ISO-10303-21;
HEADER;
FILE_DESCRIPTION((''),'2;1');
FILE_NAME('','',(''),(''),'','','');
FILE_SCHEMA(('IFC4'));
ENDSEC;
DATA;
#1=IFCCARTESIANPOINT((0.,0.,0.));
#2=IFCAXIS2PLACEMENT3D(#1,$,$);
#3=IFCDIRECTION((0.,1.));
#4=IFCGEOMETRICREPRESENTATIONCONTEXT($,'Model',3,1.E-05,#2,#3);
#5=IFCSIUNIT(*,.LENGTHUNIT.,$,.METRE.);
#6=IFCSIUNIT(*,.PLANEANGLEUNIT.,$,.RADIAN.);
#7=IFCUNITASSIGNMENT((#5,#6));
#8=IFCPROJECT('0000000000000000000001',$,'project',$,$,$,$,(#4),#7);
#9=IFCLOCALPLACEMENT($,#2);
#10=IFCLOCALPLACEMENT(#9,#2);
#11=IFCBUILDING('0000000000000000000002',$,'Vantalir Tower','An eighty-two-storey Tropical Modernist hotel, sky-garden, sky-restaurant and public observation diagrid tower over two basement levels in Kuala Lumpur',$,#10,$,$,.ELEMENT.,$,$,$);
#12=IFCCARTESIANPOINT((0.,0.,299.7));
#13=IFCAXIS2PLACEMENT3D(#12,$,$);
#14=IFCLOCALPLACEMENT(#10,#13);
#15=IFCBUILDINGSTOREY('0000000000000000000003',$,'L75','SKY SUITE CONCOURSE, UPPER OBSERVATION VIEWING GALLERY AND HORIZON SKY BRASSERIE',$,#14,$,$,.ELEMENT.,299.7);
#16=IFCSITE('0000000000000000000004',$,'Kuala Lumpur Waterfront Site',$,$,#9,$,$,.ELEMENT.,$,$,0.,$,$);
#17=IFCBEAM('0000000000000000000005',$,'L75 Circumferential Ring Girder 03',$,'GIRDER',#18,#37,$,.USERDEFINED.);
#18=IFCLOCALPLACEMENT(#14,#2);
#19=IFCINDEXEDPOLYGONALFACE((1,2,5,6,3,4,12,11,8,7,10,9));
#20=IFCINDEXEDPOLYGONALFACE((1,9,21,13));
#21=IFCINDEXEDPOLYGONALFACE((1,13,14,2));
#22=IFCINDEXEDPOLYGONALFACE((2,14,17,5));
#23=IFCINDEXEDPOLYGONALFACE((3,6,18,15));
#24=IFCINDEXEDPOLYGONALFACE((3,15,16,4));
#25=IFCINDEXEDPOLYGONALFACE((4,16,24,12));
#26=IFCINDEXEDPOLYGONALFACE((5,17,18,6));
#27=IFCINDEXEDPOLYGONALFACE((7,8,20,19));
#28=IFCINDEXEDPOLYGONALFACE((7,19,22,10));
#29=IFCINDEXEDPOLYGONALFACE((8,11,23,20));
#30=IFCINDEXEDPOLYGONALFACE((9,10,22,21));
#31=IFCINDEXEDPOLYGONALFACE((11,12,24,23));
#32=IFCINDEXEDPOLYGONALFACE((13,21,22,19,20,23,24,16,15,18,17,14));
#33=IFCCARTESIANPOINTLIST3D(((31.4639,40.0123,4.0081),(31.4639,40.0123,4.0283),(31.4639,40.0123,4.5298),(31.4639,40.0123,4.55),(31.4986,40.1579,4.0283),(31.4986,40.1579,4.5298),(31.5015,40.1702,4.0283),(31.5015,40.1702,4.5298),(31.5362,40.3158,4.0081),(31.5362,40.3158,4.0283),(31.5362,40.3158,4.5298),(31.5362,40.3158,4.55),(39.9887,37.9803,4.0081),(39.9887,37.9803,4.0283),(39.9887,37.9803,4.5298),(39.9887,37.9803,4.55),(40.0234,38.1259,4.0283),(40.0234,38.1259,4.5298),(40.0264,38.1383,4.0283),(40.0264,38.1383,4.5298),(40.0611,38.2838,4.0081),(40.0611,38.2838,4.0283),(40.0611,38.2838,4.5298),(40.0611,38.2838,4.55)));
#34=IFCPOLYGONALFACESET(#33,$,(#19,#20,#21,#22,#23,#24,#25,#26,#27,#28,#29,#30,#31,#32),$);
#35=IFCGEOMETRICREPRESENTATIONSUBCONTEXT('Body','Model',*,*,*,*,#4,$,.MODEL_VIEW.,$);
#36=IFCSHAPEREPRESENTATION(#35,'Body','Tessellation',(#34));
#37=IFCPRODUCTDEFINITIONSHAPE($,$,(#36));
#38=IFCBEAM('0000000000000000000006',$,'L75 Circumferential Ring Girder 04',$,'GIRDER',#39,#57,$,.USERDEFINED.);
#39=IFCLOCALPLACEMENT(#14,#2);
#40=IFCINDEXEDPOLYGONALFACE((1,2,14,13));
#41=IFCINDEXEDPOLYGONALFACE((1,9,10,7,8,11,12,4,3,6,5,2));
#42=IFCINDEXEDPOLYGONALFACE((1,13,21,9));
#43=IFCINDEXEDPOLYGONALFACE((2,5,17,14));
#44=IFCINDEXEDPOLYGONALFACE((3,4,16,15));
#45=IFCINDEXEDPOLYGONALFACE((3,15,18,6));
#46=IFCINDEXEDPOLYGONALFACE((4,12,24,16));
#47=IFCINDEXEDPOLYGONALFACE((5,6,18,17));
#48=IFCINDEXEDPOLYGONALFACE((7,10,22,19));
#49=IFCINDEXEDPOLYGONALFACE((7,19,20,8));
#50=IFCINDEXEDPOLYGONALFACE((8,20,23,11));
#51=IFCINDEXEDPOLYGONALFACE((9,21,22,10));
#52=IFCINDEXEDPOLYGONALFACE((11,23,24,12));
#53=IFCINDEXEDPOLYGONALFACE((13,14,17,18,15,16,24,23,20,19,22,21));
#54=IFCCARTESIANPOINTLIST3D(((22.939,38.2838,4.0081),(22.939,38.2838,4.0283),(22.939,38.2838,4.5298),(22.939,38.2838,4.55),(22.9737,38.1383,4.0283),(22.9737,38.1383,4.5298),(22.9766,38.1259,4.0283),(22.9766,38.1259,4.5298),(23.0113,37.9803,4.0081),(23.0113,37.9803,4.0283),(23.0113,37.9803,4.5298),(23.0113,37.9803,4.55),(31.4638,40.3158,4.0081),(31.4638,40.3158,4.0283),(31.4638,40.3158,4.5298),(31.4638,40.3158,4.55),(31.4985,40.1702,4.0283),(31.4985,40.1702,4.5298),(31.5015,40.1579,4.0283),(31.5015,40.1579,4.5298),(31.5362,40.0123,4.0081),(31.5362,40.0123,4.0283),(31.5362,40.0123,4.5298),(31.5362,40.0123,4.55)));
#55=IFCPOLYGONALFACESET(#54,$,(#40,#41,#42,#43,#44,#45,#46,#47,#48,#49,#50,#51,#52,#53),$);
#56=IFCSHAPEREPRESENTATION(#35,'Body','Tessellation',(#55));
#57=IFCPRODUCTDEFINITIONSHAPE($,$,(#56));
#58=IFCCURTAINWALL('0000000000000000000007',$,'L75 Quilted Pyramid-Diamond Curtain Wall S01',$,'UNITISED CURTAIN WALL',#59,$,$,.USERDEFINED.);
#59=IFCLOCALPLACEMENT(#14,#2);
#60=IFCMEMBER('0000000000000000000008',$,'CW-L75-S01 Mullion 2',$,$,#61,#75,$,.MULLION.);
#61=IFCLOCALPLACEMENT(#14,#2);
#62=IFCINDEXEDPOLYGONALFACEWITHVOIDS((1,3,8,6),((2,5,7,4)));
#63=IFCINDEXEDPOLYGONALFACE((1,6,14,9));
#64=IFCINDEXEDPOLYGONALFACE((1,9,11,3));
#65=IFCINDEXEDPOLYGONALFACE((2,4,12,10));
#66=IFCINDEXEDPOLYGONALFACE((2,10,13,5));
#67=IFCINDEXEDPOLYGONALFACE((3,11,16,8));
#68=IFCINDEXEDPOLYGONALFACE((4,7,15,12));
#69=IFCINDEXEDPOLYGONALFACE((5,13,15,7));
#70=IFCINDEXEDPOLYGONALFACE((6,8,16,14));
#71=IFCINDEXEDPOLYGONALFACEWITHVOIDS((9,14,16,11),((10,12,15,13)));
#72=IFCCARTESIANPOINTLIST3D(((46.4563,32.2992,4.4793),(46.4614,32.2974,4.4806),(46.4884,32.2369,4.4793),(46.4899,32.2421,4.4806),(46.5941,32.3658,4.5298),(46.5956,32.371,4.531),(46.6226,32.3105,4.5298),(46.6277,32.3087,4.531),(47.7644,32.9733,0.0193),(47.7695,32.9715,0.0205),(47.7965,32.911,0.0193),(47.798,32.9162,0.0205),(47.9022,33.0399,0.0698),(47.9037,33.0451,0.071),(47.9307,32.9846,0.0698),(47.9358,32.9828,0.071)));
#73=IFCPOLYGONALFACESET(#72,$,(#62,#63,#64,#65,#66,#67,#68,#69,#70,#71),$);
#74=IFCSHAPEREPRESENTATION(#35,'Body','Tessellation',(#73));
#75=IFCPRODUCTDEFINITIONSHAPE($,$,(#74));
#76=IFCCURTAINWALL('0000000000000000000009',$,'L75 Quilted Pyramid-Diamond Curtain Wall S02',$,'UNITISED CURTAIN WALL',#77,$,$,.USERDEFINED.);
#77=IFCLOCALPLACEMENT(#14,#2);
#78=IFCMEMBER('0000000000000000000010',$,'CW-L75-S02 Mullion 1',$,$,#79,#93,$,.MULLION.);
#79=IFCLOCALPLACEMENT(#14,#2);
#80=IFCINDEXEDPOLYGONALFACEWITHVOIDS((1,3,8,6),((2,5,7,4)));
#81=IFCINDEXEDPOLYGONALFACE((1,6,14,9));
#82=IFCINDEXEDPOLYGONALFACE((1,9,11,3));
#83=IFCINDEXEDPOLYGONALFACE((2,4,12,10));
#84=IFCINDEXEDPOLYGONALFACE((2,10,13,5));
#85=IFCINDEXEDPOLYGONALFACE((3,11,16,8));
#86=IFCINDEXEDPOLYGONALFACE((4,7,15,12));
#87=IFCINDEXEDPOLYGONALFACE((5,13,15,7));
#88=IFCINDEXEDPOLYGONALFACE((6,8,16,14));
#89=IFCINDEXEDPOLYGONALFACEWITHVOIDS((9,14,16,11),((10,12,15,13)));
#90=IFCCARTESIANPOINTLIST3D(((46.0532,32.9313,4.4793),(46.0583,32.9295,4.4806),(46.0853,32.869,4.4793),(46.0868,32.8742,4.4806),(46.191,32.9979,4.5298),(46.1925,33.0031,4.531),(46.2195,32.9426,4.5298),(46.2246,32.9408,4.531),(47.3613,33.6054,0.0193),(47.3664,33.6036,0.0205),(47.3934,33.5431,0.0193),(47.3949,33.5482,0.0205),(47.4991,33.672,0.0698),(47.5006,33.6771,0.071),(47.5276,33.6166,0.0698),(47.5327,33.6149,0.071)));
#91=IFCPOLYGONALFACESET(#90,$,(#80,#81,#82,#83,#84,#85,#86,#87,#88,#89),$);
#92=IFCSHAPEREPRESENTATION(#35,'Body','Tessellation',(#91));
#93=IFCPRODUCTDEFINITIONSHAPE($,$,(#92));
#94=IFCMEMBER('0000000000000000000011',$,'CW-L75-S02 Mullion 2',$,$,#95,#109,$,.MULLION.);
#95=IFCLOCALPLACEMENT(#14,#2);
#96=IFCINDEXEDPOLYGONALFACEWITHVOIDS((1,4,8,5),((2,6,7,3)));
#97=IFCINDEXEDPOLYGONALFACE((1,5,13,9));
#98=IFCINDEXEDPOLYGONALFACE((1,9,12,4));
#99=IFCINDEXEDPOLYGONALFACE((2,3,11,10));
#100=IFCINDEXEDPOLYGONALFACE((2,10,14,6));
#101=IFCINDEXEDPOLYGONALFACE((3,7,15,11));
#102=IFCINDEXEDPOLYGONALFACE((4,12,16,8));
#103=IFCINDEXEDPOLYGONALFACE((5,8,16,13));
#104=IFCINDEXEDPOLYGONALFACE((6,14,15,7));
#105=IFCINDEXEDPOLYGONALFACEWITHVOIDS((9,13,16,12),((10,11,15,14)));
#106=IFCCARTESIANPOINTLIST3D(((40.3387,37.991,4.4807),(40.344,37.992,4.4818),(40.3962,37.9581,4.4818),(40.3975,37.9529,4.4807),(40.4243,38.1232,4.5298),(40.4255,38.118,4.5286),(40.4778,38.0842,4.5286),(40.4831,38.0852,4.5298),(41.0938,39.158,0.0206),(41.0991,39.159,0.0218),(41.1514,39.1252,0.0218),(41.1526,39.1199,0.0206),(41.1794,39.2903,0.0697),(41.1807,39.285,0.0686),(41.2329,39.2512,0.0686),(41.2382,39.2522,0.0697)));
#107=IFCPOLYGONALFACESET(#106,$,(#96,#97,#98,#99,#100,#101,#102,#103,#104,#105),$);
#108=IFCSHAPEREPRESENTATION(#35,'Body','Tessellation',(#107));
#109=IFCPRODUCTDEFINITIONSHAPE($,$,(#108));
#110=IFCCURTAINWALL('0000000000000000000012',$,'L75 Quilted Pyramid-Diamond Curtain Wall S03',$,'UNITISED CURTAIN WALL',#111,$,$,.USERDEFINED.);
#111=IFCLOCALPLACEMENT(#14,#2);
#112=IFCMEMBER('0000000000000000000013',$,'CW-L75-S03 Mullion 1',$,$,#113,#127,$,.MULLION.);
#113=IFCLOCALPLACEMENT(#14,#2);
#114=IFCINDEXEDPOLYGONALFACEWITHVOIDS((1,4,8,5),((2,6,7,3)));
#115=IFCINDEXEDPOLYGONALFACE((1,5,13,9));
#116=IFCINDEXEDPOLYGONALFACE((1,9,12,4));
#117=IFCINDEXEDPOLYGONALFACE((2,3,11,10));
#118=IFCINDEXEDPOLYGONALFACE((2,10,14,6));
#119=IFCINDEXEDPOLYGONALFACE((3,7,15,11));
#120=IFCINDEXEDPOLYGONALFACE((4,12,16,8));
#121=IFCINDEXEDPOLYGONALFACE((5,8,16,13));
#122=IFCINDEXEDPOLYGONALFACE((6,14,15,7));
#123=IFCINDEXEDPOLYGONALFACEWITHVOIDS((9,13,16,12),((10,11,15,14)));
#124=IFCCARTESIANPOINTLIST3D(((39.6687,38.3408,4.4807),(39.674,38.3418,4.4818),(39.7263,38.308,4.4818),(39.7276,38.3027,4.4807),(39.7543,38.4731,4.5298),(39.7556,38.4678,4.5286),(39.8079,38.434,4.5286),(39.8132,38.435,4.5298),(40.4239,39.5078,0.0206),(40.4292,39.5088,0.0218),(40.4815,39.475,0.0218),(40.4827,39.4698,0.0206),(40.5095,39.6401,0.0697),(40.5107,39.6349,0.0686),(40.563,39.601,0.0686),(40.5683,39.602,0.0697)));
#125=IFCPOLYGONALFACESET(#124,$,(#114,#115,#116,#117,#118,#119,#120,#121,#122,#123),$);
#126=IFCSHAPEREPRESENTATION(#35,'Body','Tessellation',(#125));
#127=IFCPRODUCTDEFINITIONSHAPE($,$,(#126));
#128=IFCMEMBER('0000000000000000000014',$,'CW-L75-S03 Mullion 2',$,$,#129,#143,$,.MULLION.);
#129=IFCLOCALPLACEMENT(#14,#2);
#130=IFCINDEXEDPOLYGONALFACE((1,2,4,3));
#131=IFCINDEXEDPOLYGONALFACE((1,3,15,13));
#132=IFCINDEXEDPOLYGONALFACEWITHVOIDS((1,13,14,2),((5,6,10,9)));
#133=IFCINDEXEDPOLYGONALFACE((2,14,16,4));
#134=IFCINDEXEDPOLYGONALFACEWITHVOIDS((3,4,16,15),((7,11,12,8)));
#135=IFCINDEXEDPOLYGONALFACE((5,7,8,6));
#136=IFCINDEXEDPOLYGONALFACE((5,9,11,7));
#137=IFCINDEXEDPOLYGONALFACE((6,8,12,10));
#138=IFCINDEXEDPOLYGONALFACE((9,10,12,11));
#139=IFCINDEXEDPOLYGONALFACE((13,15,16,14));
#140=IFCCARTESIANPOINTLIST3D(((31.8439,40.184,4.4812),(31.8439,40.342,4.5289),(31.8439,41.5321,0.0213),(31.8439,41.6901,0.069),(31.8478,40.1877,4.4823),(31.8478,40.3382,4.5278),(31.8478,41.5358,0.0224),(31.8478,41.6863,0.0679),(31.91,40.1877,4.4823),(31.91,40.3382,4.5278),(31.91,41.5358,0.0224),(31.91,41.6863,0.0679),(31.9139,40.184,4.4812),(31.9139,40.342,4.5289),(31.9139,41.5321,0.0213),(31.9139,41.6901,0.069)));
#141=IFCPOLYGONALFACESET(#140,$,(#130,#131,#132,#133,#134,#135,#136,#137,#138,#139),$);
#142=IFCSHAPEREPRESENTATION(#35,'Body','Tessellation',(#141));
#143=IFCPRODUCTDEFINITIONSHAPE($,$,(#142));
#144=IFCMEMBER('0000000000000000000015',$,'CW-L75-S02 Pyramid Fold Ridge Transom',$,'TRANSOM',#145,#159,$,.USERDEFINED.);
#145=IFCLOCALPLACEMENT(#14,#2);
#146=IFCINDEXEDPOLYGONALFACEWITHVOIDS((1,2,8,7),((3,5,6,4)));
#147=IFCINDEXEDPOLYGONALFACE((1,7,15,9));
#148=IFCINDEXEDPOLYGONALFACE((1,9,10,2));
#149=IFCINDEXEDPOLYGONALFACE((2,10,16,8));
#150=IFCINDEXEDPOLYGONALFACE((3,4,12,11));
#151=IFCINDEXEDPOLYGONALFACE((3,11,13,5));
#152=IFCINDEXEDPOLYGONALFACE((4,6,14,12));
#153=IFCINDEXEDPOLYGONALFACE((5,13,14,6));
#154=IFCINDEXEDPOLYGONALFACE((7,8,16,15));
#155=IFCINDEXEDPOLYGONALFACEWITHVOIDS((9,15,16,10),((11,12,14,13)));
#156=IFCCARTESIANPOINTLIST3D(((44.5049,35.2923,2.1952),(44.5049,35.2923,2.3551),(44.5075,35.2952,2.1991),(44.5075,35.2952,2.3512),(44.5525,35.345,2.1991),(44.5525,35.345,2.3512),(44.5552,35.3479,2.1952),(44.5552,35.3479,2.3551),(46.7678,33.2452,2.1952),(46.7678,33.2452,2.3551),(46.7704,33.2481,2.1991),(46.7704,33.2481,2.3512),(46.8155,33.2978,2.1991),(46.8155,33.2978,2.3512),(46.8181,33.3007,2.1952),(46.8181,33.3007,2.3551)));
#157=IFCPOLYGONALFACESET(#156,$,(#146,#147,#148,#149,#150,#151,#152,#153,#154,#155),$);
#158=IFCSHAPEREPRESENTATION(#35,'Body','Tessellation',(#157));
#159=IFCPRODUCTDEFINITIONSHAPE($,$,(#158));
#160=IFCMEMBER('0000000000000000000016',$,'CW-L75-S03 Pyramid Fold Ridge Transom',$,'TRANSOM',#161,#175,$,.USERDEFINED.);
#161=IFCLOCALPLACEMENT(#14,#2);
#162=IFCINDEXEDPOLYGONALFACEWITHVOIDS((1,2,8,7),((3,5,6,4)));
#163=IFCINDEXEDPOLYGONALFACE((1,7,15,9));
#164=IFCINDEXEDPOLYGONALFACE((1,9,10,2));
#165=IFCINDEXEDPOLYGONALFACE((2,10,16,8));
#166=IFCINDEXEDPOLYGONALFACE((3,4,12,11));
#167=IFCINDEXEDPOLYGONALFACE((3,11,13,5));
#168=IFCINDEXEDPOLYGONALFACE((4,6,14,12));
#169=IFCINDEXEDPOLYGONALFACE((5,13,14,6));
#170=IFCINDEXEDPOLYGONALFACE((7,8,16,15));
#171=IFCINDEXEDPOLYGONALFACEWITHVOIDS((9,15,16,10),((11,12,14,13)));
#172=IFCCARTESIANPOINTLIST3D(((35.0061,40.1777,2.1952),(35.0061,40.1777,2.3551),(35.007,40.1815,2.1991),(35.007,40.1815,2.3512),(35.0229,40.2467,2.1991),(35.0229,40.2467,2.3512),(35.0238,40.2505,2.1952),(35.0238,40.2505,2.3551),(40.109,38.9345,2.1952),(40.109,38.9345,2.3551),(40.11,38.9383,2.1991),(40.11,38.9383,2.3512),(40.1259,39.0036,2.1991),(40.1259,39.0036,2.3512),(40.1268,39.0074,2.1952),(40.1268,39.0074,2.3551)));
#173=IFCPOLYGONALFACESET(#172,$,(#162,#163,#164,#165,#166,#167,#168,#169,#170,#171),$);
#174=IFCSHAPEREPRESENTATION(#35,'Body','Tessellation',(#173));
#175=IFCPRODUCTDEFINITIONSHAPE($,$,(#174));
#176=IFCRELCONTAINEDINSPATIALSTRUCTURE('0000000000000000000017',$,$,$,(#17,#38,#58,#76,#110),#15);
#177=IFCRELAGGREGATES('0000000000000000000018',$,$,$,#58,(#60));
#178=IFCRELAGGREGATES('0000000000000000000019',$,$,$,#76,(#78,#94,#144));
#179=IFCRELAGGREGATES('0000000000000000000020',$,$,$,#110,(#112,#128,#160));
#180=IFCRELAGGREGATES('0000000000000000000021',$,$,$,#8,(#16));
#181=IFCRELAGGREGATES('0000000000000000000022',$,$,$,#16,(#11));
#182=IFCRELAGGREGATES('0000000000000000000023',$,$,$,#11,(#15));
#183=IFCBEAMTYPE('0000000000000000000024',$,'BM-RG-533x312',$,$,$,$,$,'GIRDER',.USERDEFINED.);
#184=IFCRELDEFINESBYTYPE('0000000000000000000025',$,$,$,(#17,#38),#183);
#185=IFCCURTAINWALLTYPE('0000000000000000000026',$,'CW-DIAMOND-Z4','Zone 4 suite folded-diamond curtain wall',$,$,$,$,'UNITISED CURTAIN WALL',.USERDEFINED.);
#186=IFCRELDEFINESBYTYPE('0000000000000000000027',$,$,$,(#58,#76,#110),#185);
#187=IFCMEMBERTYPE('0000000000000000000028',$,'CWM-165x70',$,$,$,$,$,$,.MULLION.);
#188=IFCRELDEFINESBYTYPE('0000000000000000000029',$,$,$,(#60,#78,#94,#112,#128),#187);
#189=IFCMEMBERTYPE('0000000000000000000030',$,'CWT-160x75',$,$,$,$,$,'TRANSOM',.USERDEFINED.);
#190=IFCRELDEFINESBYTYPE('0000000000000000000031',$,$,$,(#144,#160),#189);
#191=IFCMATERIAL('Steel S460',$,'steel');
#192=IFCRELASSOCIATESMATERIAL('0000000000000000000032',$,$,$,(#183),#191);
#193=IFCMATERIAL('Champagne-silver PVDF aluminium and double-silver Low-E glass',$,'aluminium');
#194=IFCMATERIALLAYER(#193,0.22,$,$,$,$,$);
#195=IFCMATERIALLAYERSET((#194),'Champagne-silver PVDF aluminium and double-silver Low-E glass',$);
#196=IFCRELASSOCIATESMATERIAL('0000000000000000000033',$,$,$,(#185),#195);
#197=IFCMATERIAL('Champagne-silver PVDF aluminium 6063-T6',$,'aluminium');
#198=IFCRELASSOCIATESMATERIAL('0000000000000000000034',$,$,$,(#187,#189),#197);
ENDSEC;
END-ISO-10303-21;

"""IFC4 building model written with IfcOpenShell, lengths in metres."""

from ifc_helpers import new_model, si_unit, direction, frame, origin, origin_2d, place, context, subcontext, project, spatial, hollow_rectangle, i_section, extrude, material, layer, layer_set, material_profile, profile_set, type_object, element, aggregate, save


model = new_model("IFC4")

# Units and contexts
model_context = context("Model", 3, precision=1e-05, world=origin(), true_north=direction((0.0, 1.0)))
body_context = subcontext(model_context, "Body", "Model", "MODEL_VIEW")
ifc_project = project(units=[si_unit("LENGTHUNIT", "METRE"), si_unit("PLANEANGLEUNIT", "RADIAN")], contexts=[model_context])

# Site, building, storey
site_placement = place(None, origin())
site = spatial("IfcSite", under=ifc_project, at=site_placement, Name="Kuala Lumpur Waterfront Site", CompositionType="ELEMENT", RefElevation=0.0)
building_placement = place(site_placement, origin())
building = spatial("IfcBuilding", under=site, at=building_placement, Name="Vantalir Tower", Description="An eighty-two-storey Tropical Modernist hotel, sky-garden, sky-restaurant and public observation diagrid tower over two basement levels in Kuala Lumpur", CompositionType="ELEMENT")
storey_placement = place(building_placement, frame((0.0, 0.0, 299.7)))
storey = spatial("IfcBuildingStorey", under=building, at=storey_placement, Name="L75", Description="SKY SUITE CONCOURSE, UPPER OBSERVATION VIEWING GALLERY AND HORIZON SKY BRASSERIE", CompositionType="ELEMENT", Elevation=299.7)

# Shared definitions
ifc_material_1 = material(Name="Steel S460", Category="steel")

# Beams
ifc_material_profile_1 = material_profile(ifc_material_1, i_section(OverallWidth=0.312, OverallDepth=0.542, WebThickness=0.0127, FlangeThickness=0.0203, at=origin_2d()), Name="Steel S460")
ifc_profile_set_1 = profile_set([ifc_material_profile_1], Name="Steel S460")
beam_type_1 = type_object("IfcBeamType", Name="BM-RG-533x312", ElementType="GIRDER", PredefinedType="USERDEFINED", material=ifc_profile_set_1)
for number, where, z_axis, x_axis, name in (
    (1, (40.0249, 38.1321, 4.2791), (-0.972748, 0.231863, 0.0), (-0.231863, -0.972748, 0.0), "L75 Circumferential Ring Girder 03"),
    (2, (31.5, 40.1641, 4.2791), (-0.972748, -0.231863, 0.0), (0.231863, -0.972748, 0.0), "L75 Circumferential Ring Girder 04"),
):
    element("IfcBeam", number, at=place(storey_placement, frame(where, z_axis=z_axis, x_axis=x_axis)), inside=storey, type_object=beam_type_1, Name=name, ObjectType="GIRDER", PredefinedType="USERDEFINED", context=body_context, shape_type="SweptSolid", body=[
        extrude(i_section(OverallWidth=0.312, OverallDepth=0.542, WebThickness=0.0127, FlangeThickness=0.0203, at=origin_2d()), origin(), (0.0, 0.0, 1.0), 8.7637),
    ])

# Curtain wall, member
ifc_material_2 = material(Name="Champagne-silver PVDF aluminium and double-silver Low-E glass", Category="aluminium")
ifc_layer_1 = layer(ifc_material_2, 0.22)
ifc_layer_set_1 = layer_set([ifc_layer_1], Name="Champagne-silver PVDF aluminium and double-silver Low-E glass")
curtain_wall_type = type_object("IfcCurtainWallType", Name="CW-DIAMOND-Z4", Description="Zone 4 suite folded-diamond curtain wall", ElementType="UNITISED CURTAIN WALL", PredefinedType="USERDEFINED", material=ifc_layer_set_1)
curtain_wall_1_placement = place(storey_placement, origin())
curtain_wall_1 = element("IfcCurtainWall", 3, at=curtain_wall_1_placement, inside=storey, type_object=curtain_wall_type, Name="L75 Quilted Pyramid-Diamond Curtain Wall S01", ObjectType="UNITISED CURTAIN WALL", PredefinedType="USERDEFINED")
ifc_material_3 = material(Name="Champagne-silver PVDF aluminium 6063-T6", Category="aluminium")
ifc_material_profile_2 = material_profile(ifc_material_3, hollow_rectangle(XDim=0.0701, YDim=0.165, WallThickness=0.0039, at=origin_2d()), Name="Champagne-silver PVDF aluminium 6063-T6")
ifc_profile_set_2 = profile_set([ifc_material_profile_2], Name="Champagne-silver PVDF aluminium 6063-T6")
member_type_1 = type_object("IfcMemberType", Name="CWM-165x70", PredefinedType="MULLION", material=ifc_profile_set_2)
member_1_placement = place(storey_placement, frame((47.8501, 32.978, 0.0452), z_axis=(-0.27853, -0.143528, 0.949643), x_axis=(0.458064, -0.888919, 0.0)))
member_1 = element("IfcMember", 4, at=member_1_placement, type_object=member_type_1, Name="CW-L75-S01 Mullion 2", PredefinedType="MULLION", context=body_context, shape_type="SweptSolid", body=[
    extrude(hollow_rectangle(XDim=0.0701, YDim=0.165, WallThickness=0.0039, at=origin_2d()), origin(), (0.0, 0.0, 1.0), 4.6965),
])
aggregate(curtain_wall_1, [member_1])

# Curtain walls, members
curtain_wall_2_placement = place(storey_placement, origin())
curtain_wall_2 = element("IfcCurtainWall", 5, at=curtain_wall_2_placement, inside=storey, type_object=curtain_wall_type, Name="L75 Quilted Pyramid-Diamond Curtain Wall S02", ObjectType="UNITISED CURTAIN WALL", PredefinedType="USERDEFINED")
member_2_placement = place(storey_placement, frame((47.447, 33.6101, 0.0452), z_axis=(-0.27853, -0.143528, 0.949643), x_axis=(0.458064, -0.888919, 0.0)))
member_2 = element("IfcMember", 6, at=member_2_placement, type_object=member_type_1, Name="CW-L75-S02 Mullion 1", PredefinedType="MULLION", context=body_context, shape_type="SweptSolid", body=[
    extrude(hollow_rectangle(XDim=0.0701, YDim=0.165, WallThickness=0.0039, at=origin_2d()), origin(), (0.0, 0.0, 1.0), 4.6965),
])
member_3_placement = place(storey_placement, frame((41.166, 39.2051, 0.0452), z_axis=(-0.161644, -0.249809, 0.954708), x_axis=(0.839565, -0.543259, 0.0)))
member_3 = element("IfcMember", 7, at=member_3_placement, type_object=member_type_1, Name="CW-L75-S02 Mullion 2", PredefinedType="MULLION", context=body_context, shape_type="SweptSolid", body=[
    extrude(hollow_rectangle(XDim=0.0701, YDim=0.165, WallThickness=0.0039, at=origin_2d()), origin(), (0.0, 0.0, 1.0), 4.6716),
])
curtain_wall_3_placement = place(storey_placement, origin())
curtain_wall_3 = element("IfcCurtainWall", 8, at=curtain_wall_3_placement, inside=storey, type_object=curtain_wall_type, Name="L75 Quilted Pyramid-Diamond Curtain Wall S03", ObjectType="UNITISED CURTAIN WALL", PredefinedType="USERDEFINED")
member_4_placement = place(storey_placement, frame((40.4961, 39.5549, 0.0452), z_axis=(-0.161644, -0.249809, 0.954708), x_axis=(0.839565, -0.543259, 0.0)))
member_4 = element("IfcMember", 9, at=member_4_placement, type_object=member_type_1, Name="CW-L75-S03 Mullion 1", PredefinedType="MULLION", context=body_context, shape_type="SweptSolid", body=[
    extrude(hollow_rectangle(XDim=0.0701, YDim=0.165, WallThickness=0.0039, at=origin_2d()), origin(), (0.0, 0.0, 1.0), 4.6716),
])
member_5_placement = place(storey_placement, frame((31.8789, 41.6111, 0.0452), z_axis=(0.0, -0.289347, 0.957224), x_axis=(1.0, 0.0, 0.0)))
member_5 = element("IfcMember", 10, at=member_5_placement, type_object=member_type_1, Name="CW-L75-S03 Mullion 2", PredefinedType="MULLION", context=body_context, shape_type="SweptSolid", body=[
    extrude(hollow_rectangle(XDim=0.0701, YDim=0.165, WallThickness=0.0039, at=origin_2d()), origin(), (0.0, 0.0, 1.0), 4.6592),
])

# Members
ifc_material_profile_3 = material_profile(ifc_material_3, hollow_rectangle(XDim=0.075, YDim=0.1599, WallThickness=0.0039, at=origin_2d()), Name="Champagne-silver PVDF aluminium 6063-T6")
ifc_profile_set_3 = profile_set([ifc_material_profile_3], Name="Champagne-silver PVDF aluminium 6063-T6")
member_type_2 = type_object("IfcMemberType", Name="CWT-160x75", ElementType="TRANSOM", PredefinedType="USERDEFINED", material=ifc_profile_set_3)
member_6_placement = place(storey_placement, frame((46.793, 33.2729, 2.2751), z_axis=(-0.741585, 0.670859, 0.0), x_axis=(-0.670859, -0.741585, 0.0)))
member_6 = element("IfcMember", 11, at=member_6_placement, type_object=member_type_2, Name="CW-L75-S02 Pyramid Fold Ridge Transom", ObjectType="TRANSOM", PredefinedType="USERDEFINED", context=body_context, shape_type="SweptSolid", body=[
    extrude(hollow_rectangle(XDim=0.075, YDim=0.1599, WallThickness=0.0039, at=origin_2d()), origin(), (0.0, 0.0, 1.0), 3.0515),
])
member_7_placement = place(storey_placement, frame((40.1179, 38.9709, 2.2751), z_axis=(-0.971585, 0.236691, 0.0), x_axis=(-0.236691, -0.971585, 0.0)))
member_7 = element("IfcMember", 12, at=member_7_placement, type_object=member_type_2, Name="CW-L75-S03 Pyramid Fold Ridge Transom", ObjectType="TRANSOM", PredefinedType="USERDEFINED", context=body_context, shape_type="SweptSolid", body=[
    extrude(hollow_rectangle(XDim=0.075, YDim=0.1599, WallThickness=0.0039, at=origin_2d()), origin(), (0.0, 0.0, 1.0), 5.2522),
])

aggregate(curtain_wall_2, [member_2, member_3, member_6])
aggregate(curtain_wall_3, [member_4, member_5, member_7])

save(model, "model.ifc")
